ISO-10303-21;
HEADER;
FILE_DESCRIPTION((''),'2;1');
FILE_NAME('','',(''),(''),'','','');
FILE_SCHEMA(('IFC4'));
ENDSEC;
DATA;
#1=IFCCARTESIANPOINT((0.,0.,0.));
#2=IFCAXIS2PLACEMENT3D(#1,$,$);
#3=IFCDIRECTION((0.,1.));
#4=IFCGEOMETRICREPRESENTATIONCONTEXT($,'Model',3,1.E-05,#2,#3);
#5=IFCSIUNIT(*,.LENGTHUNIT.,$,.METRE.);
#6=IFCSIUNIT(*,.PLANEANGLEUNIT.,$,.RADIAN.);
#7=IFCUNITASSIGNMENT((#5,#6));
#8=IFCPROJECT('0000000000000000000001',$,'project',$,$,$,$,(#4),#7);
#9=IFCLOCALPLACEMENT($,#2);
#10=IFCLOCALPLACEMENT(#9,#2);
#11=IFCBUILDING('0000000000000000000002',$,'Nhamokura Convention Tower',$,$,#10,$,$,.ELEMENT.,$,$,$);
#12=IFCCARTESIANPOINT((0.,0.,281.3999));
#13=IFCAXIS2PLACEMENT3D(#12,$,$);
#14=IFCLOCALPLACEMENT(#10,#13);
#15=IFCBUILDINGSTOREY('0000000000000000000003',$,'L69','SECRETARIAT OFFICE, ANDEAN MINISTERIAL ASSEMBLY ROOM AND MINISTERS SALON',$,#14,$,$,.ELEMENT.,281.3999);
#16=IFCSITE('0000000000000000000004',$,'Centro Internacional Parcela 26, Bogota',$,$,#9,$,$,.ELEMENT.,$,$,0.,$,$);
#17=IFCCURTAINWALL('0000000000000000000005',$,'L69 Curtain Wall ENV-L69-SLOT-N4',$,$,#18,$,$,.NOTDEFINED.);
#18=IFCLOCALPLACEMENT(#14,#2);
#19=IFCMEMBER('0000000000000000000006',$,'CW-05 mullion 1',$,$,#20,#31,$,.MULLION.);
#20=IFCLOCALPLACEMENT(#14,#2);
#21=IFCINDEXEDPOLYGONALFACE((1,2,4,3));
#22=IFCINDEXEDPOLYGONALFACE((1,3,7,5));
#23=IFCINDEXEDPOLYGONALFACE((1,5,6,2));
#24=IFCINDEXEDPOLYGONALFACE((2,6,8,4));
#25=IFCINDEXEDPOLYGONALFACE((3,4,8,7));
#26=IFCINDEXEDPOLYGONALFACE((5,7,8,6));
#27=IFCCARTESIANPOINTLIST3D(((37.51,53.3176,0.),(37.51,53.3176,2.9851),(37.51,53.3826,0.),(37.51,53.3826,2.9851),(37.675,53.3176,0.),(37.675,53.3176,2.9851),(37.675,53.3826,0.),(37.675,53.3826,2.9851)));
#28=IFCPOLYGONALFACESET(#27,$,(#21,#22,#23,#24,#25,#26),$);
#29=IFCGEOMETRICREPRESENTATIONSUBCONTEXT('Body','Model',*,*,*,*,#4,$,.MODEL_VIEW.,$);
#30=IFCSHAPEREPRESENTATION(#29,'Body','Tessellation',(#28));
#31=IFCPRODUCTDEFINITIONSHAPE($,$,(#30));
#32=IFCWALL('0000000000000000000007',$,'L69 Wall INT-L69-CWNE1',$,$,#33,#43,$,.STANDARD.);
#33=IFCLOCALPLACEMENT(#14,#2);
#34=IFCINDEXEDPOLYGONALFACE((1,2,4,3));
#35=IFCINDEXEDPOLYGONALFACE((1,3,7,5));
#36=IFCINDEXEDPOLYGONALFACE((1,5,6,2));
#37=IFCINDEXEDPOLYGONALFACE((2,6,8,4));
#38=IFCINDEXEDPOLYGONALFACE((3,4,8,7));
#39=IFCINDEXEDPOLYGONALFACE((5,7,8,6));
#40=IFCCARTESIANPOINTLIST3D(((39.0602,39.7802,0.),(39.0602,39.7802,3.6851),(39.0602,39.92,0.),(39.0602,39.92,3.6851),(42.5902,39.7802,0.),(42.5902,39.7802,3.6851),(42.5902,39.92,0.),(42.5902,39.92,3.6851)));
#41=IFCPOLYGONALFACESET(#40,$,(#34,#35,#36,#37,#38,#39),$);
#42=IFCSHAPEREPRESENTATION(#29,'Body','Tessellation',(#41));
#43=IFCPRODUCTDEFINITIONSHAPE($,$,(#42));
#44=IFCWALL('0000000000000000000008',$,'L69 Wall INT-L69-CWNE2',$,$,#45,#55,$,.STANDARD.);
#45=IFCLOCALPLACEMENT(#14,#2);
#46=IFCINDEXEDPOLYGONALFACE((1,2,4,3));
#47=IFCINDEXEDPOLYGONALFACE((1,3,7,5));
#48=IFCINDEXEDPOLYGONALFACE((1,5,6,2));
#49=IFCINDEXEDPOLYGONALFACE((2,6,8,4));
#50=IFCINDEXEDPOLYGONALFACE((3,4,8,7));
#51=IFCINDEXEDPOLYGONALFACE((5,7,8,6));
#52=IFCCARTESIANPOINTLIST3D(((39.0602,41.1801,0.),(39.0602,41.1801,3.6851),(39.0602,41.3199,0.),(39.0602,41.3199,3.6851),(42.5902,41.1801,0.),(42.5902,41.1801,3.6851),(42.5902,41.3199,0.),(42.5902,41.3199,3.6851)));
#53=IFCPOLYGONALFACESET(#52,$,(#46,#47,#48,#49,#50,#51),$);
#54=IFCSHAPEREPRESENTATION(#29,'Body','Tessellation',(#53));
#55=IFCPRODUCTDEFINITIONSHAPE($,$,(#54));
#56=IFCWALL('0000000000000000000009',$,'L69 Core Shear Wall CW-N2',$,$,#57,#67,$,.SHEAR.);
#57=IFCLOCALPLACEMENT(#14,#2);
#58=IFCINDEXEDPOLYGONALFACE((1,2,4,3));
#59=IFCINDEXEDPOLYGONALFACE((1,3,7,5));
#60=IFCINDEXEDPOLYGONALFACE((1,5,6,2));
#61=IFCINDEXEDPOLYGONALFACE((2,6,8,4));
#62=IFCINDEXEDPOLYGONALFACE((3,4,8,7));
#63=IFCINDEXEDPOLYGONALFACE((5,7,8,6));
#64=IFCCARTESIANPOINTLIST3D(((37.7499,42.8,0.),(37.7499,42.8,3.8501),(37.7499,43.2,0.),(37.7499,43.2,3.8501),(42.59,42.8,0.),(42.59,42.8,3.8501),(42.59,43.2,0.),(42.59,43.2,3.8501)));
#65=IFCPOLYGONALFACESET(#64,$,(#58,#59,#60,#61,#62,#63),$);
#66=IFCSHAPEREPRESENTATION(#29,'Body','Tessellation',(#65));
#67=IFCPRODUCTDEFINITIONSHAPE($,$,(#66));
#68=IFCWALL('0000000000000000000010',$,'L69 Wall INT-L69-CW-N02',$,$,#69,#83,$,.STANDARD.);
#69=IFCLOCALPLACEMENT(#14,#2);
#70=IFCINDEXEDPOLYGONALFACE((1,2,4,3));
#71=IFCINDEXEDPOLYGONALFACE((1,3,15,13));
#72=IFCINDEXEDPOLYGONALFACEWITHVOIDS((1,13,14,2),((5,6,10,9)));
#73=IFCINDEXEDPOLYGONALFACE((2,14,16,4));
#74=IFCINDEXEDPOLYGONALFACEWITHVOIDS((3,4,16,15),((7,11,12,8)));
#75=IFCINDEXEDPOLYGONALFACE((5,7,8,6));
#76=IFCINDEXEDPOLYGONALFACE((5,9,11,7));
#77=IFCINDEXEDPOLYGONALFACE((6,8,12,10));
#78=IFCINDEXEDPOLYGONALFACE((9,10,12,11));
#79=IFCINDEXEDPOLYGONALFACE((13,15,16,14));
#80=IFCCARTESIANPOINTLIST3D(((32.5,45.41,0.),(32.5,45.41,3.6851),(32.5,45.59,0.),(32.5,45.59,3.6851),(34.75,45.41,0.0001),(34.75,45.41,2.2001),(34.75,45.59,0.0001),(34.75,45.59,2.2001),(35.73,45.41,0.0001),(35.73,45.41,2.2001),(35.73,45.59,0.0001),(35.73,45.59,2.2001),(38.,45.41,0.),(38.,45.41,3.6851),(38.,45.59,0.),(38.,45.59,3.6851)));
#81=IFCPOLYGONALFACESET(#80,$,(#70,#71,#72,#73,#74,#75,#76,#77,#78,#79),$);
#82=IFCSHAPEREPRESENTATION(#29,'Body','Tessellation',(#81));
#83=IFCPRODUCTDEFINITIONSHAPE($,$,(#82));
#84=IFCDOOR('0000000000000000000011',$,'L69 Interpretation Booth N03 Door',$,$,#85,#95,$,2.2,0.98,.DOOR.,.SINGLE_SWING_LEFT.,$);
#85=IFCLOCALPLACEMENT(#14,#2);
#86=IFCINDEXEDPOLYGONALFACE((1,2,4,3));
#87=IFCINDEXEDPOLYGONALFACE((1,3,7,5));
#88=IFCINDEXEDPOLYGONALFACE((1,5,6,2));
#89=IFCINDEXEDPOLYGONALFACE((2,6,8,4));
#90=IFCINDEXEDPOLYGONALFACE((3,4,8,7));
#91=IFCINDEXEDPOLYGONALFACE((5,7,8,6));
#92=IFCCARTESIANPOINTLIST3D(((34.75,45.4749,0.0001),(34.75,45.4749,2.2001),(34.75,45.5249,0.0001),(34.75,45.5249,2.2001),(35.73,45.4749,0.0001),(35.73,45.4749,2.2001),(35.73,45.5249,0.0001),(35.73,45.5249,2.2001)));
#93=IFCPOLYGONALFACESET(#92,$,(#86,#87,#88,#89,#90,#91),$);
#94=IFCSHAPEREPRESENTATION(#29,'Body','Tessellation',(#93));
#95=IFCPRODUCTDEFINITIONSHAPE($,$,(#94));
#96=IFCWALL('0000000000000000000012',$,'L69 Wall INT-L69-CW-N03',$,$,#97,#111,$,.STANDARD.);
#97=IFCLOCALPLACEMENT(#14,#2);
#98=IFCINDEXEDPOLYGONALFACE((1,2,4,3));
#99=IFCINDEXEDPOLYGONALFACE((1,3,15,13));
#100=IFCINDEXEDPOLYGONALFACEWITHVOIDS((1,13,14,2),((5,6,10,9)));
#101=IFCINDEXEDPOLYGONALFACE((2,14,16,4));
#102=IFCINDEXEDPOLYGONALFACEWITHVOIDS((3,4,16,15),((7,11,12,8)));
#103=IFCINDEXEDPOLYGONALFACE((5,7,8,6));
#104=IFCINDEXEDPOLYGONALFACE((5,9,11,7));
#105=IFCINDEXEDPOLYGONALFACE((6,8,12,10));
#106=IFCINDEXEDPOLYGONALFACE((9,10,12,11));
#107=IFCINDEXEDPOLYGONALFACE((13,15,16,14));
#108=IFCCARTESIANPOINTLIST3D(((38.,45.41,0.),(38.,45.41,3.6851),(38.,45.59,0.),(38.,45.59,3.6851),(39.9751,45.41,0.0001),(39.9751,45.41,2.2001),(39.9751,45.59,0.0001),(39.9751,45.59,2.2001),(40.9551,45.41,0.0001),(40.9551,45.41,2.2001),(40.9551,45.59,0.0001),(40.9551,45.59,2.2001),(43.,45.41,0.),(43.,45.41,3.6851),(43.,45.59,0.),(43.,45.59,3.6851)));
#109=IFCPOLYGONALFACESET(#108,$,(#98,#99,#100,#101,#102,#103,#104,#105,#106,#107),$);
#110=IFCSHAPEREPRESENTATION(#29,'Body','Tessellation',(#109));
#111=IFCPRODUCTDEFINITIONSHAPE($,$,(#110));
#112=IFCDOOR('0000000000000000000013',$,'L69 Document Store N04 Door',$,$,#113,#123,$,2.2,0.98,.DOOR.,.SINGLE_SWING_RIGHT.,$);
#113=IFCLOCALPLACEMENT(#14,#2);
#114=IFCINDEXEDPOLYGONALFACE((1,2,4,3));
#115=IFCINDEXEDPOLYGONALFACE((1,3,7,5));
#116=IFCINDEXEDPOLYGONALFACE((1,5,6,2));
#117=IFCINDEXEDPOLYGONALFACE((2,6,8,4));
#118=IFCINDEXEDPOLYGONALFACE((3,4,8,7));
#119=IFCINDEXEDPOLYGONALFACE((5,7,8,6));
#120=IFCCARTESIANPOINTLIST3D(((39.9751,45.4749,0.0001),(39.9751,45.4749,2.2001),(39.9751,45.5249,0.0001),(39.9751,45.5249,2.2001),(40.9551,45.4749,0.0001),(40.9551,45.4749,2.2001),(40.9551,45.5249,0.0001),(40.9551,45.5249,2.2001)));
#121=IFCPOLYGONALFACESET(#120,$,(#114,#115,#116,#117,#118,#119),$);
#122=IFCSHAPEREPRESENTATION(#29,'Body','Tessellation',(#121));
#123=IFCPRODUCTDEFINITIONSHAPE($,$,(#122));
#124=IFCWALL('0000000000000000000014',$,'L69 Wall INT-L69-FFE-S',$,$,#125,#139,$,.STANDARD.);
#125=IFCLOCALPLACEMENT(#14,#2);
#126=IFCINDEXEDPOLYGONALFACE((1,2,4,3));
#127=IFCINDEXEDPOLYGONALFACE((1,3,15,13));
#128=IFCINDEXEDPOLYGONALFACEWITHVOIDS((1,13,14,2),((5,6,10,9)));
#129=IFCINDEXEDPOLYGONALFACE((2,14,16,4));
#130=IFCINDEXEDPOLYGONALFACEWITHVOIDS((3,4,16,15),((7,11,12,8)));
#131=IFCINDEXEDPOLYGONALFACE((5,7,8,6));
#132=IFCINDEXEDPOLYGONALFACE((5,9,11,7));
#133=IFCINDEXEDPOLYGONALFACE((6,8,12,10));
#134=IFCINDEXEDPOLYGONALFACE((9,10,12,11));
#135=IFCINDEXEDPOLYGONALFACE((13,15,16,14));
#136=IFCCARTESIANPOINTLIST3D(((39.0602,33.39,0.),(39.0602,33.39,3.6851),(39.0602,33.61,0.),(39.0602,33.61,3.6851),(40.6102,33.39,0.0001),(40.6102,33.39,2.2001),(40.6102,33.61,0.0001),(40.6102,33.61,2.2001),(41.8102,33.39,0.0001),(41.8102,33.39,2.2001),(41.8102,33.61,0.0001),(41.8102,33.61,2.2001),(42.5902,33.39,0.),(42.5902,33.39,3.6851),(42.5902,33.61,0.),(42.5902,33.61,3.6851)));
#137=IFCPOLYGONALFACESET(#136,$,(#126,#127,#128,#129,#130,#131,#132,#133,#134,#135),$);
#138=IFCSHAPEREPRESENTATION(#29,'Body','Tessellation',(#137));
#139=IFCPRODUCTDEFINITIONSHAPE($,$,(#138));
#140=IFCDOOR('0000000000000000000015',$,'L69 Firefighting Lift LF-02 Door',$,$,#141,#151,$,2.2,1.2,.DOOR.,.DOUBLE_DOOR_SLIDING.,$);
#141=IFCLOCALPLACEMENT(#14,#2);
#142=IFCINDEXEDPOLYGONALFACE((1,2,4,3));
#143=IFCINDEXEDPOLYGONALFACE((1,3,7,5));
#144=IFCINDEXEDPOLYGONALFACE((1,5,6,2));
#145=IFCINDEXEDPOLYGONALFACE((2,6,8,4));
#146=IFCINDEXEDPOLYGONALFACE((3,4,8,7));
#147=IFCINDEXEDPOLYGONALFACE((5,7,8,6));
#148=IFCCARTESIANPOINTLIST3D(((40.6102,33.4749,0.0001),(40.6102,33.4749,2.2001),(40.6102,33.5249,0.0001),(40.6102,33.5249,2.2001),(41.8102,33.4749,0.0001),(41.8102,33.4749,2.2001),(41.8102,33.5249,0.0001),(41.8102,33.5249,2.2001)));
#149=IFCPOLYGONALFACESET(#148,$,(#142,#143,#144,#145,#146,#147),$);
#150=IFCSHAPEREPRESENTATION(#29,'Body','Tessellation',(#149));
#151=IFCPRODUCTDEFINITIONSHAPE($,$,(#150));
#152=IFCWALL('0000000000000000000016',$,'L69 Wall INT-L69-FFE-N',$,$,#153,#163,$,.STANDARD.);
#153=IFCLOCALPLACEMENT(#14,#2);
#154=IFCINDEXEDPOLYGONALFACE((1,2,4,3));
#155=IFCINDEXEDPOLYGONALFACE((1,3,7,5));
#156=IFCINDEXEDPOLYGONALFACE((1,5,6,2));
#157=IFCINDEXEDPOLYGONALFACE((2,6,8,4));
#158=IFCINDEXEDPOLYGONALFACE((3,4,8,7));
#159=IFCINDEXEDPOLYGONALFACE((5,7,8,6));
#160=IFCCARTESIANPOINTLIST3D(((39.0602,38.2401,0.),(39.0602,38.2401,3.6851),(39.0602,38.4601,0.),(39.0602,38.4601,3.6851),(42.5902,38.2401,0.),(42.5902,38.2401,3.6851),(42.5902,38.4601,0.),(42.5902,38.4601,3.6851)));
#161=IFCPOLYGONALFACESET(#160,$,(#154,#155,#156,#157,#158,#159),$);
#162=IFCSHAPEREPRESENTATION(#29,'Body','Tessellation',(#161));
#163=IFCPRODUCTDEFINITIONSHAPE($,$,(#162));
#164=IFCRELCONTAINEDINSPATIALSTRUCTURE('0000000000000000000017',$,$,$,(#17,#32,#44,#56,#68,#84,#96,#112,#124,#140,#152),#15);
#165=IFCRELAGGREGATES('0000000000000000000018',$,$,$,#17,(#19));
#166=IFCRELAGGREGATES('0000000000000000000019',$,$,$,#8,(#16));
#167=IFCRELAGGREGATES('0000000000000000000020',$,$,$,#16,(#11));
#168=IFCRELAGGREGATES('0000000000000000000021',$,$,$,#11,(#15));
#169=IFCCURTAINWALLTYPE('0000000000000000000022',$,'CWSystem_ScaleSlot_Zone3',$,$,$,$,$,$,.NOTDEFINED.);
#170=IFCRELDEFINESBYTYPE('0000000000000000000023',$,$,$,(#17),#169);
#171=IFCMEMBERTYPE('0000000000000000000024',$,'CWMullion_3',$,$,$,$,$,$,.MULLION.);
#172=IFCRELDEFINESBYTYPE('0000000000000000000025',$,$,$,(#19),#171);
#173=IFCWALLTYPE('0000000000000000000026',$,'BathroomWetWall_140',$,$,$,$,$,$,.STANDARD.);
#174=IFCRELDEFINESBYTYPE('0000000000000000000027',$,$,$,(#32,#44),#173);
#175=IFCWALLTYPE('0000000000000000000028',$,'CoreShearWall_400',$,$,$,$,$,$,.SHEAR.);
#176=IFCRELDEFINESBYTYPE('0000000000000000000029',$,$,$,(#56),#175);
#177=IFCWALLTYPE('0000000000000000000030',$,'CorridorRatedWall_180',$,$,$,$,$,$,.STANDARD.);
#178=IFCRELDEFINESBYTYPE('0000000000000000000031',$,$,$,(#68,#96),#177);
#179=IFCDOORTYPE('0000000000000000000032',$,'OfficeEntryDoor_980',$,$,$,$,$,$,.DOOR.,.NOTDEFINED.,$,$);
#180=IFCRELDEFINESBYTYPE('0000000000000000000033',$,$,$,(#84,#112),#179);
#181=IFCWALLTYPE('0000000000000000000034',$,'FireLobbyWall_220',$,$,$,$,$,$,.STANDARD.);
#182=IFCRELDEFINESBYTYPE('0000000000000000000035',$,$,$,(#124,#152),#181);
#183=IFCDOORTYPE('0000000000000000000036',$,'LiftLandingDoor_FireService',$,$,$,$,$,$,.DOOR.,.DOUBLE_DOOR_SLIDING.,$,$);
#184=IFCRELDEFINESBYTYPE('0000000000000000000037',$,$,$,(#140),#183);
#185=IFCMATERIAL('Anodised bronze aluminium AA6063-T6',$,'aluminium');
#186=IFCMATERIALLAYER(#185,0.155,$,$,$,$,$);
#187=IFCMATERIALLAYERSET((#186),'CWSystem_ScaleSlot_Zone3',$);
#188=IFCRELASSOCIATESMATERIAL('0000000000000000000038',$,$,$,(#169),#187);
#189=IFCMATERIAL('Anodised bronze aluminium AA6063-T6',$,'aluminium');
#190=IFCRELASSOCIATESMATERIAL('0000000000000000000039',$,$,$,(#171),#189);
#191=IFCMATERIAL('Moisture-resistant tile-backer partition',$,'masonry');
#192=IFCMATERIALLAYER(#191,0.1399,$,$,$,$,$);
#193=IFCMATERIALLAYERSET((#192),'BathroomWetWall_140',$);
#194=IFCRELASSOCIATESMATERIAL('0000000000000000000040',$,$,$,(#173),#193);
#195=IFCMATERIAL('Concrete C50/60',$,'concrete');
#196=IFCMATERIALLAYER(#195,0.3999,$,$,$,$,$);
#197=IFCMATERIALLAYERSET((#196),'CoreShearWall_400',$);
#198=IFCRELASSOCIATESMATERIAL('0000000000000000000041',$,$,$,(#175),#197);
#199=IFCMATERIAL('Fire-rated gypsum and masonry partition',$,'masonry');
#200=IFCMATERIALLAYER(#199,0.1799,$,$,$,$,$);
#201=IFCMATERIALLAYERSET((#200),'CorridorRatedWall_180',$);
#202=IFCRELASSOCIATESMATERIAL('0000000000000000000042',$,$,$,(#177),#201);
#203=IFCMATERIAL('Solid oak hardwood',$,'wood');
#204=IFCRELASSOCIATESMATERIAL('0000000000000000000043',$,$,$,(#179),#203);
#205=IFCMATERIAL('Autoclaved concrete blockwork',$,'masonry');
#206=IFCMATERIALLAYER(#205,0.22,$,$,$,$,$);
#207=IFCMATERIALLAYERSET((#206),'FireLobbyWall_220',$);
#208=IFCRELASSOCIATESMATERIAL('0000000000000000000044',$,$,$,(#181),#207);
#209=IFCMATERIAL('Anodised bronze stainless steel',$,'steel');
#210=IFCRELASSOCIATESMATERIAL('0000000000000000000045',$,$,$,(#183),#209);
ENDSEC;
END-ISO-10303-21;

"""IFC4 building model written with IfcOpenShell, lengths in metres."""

from ifc_helpers import new_model, si_unit, direction, frame, frame_2d, origin, origin_2d, place, context, subcontext, project, spatial, rectangle, extrude, material, layer, layer_set, material_profile, profile_set, type_object, element, fill, aggregate, save


model = new_model("IFC4")

# Units and contexts
model_context = context("Model", 3, precision=1e-05, world=origin(), true_north=direction((0.0, 1.0)))
body_context = subcontext(model_context, "Body", "Model", "MODEL_VIEW")
ifc_project = project(units=[si_unit("LENGTHUNIT", "METRE"), si_unit("PLANEANGLEUNIT", "RADIAN")], contexts=[model_context])

# Site, building, storey
site_placement = place(None, origin())
site = spatial("IfcSite", under=ifc_project, at=site_placement, Name="Centro Internacional Parcela 26, Bogota", CompositionType="ELEMENT", RefElevation=0.0)
building_placement = place(site_placement, origin())
building = spatial("IfcBuilding", under=site, at=building_placement, Name="Nhamokura Convention Tower", CompositionType="ELEMENT")
storey_placement = place(building_placement, frame((0.0, 0.0, 281.3999)))
storey = spatial("IfcBuildingStorey", under=building, at=storey_placement, Name="L69", Description="SECRETARIAT OFFICE, ANDEAN MINISTERIAL ASSEMBLY ROOM AND MINISTERS SALON", CompositionType="ELEMENT", Elevation=281.3999)

# Curtain wall, member
ifc_material_1 = material(Name="Anodised bronze aluminium AA6063-T6", Category="aluminium")
ifc_layer_1 = layer(ifc_material_1, 0.155)
ifc_layer_set_1 = layer_set([ifc_layer_1], Name="CWSystem_ScaleSlot_Zone3")
curtain_wall_type = type_object("IfcCurtainWallType", Name="CWSystem_ScaleSlot_Zone3", PredefinedType="NOTDEFINED", material=ifc_layer_set_1)
curtain_wall_placement = place(storey_placement, origin())
curtain_wall = element("IfcCurtainWall", 1, at=curtain_wall_placement, inside=storey, type_object=curtain_wall_type, Name="L69 Curtain Wall ENV-L69-SLOT-N4", PredefinedType="NOTDEFINED")
ifc_material_2 = material(Name="Anodised bronze aluminium AA6063-T6", Category="aluminium")
ifc_material_profile = material_profile(ifc_material_2, rectangle(XDim=0.0649, YDim=0.165, at=origin_2d()))
ifc_profile_set = profile_set([ifc_material_profile], Name="Anodised bronze aluminium AA6063-T6")
member_type = type_object("IfcMemberType", Name="CWMullion_3", PredefinedType="MULLION", material=ifc_profile_set)
member_placement = place(storey_placement, frame((37.5925, 53.3501, 0.0), z_axis=(0.0, 0.0, 1.0), x_axis=(0.0, 1.0, 0.0)))
member = element("IfcMember", 2, at=member_placement, type_object=member_type, Name="CW-05 mullion 1", PredefinedType="MULLION", context=body_context, shape_type="SweptSolid", body=[
    extrude(rectangle(XDim=0.0649, YDim=0.165, at=origin_2d()), origin(), (0.0, 0.0, 1.0), 2.9851),
])
aggregate(curtain_wall, [member])

# Walls
ifc_material_3 = material(Name="Moisture-resistant tile-backer partition", Category="masonry")
ifc_layer_2 = layer(ifc_material_3, 0.1399)
ifc_layer_set_2 = layer_set([ifc_layer_2], Name="BathroomWetWall_140")
wall_type_1 = type_object("IfcWallType", Name="BathroomWetWall_140", PredefinedType="STANDARD", material=ifc_layer_set_2)
for number, where, z_axis, x_axis, name in (
    (3, (39.0601, 39.8501, 0.0), (0.0, 0.0, 1.0), (1.0, 0.0, 0.0), "L69 Wall INT-L69-CWNE1"),
    (4, (39.0601, 41.25, 0.0), (0.0, 0.0, 1.0), (1.0, 0.0, 0.0), "L69 Wall INT-L69-CWNE2"),
):
    element("IfcWall", number, at=place(storey_placement, frame(where, z_axis=z_axis, x_axis=x_axis)), inside=storey, type_object=wall_type_1, Name=name, PredefinedType="STANDARD", context=body_context, shape_type="SweptSolid", body=[
        extrude(rectangle(XDim=3.53, YDim=0.1399, at=frame_2d((1.7651, 0.0))), origin(), (0.0, 0.0, 1.0), 3.6851),
    ])
ifc_material_4 = material(Name="Concrete C50/60", Category="concrete")
ifc_layer_3 = layer(ifc_material_4, 0.3999)
ifc_layer_set_3 = layer_set([ifc_layer_3], Name="CoreShearWall_400")
wall_type_2 = type_object("IfcWallType", Name="CoreShearWall_400", PredefinedType="SHEAR", material=ifc_layer_set_3)
wall_1_placement = place(storey_placement, frame((37.75, 43.0, 0.0), z_axis=(0.0, 0.0, 1.0), x_axis=(1.0, 0.0, 0.0)))
element("IfcWall", 5, at=wall_1_placement, inside=storey, type_object=wall_type_2, Name="L69 Core Shear Wall CW-N2", PredefinedType="SHEAR", context=body_context, shape_type="SweptSolid", body=[
    extrude(rectangle(XDim=4.8401, YDim=0.3999, at=frame_2d((2.4199, 0.0))), origin(), (0.0, 0.0, 1.0), 3.8501),
])

# Walls, openings, doors
ifc_material_5 = material(Name="Fire-rated gypsum and masonry partition", Category="masonry")
ifc_layer_4 = layer(ifc_material_5, 0.1799)
ifc_layer_set_4 = layer_set([ifc_layer_4], Name="CorridorRatedWall_180")
wall_type_3 = type_object("IfcWallType", Name="CorridorRatedWall_180", PredefinedType="STANDARD", material=ifc_layer_set_4)
wall_2_placement = place(storey_placement, frame((32.5, 45.5, 0.0), z_axis=(0.0, 0.0, 1.0), x_axis=(1.0, 0.0, 0.0)))
wall_2 = element("IfcWall", 6, at=wall_2_placement, inside=storey, type_object=wall_type_3, Name="L69 Wall INT-L69-CW-N02", PredefinedType="STANDARD", context=body_context, shape_type="SweptSolid", body=[
    extrude(rectangle(XDim=5.5, YDim=0.1799, at=frame_2d((2.75, 0.0))), origin(), (0.0, 0.0, 1.0), 3.6851),
])
opening_1_placement = place(wall_2_placement, frame((2.25, 0.0, 0.0)))
opening_1 = element("IfcOpeningElement", 7, at=opening_1_placement, cuts=wall_2, PredefinedType="OPENING", context=body_context, shape_type="SweptSolid", body=[
    extrude(rectangle(XDim=0.98, YDim=2.2, at=frame_2d((0.49, 1.1001))), frame((0.0, 0.0999, 0.0), z_axis=(0.0, -1.0, 0.0), x_axis=(1.0, 0.0, 0.0)), (0.0, 0.0, 1.0), 0.2),
])
ifc_material_6 = material(Name="Solid oak hardwood", Category="wood")
door_type_1 = type_object("IfcDoorType", Name="OfficeEntryDoor_980", OperationType="NOTDEFINED", PredefinedType="DOOR", material=ifc_material_6)
door_1_placement = place(opening_1_placement, origin())
door_1 = element("IfcDoor", 8, at=door_1_placement, inside=storey, type_object=door_type_1, Name="L69 Interpretation Booth N03 Door", OperationType="SINGLE_SWING_LEFT", OverallHeight=2.2, OverallWidth=0.98, PredefinedType="DOOR", context=body_context, shape_type="SweptSolid", body=[
    extrude(rectangle(XDim=0.98, YDim=2.2, at=frame_2d((0.49, 1.1001))), frame((0.0, 0.0249, 0.0), z_axis=(0.0, -1.0, 0.0), x_axis=(1.0, 0.0, 0.0)), (0.0, 0.0, 1.0), 0.05),
])
fill(opening_1, door_1)
wall_3_placement = place(storey_placement, frame((38.0, 45.5, 0.0), z_axis=(0.0, 0.0, 1.0), x_axis=(1.0, 0.0, 0.0)))
wall_3 = element("IfcWall", 9, at=wall_3_placement, inside=storey, type_object=wall_type_3, Name="L69 Wall INT-L69-CW-N03", PredefinedType="STANDARD", context=body_context, shape_type="SweptSolid", body=[
    extrude(rectangle(XDim=5.0, YDim=0.1799, at=frame_2d((2.5, 0.0))), origin(), (0.0, 0.0, 1.0), 3.6851),
])
opening_2_placement = place(wall_3_placement, frame((1.9751, 0.0, 0.0)))
opening_2 = element("IfcOpeningElement", 10, at=opening_2_placement, cuts=wall_3, PredefinedType="OPENING", context=body_context, shape_type="SweptSolid", body=[
    extrude(rectangle(XDim=0.98, YDim=2.2, at=frame_2d((0.49, 1.1001))), frame((0.0, 0.0999, 0.0), z_axis=(0.0, -1.0, 0.0), x_axis=(1.0, 0.0, 0.0)), (0.0, 0.0, 1.0), 0.2),
])
door_2_placement = place(opening_2_placement, origin())
door_2 = element("IfcDoor", 11, at=door_2_placement, inside=storey, type_object=door_type_1, Name="L69 Document Store N04 Door", OperationType="SINGLE_SWING_RIGHT", OverallHeight=2.2, OverallWidth=0.98, PredefinedType="DOOR", context=body_context, shape_type="SweptSolid", body=[
    extrude(rectangle(XDim=0.98, YDim=2.2, at=frame_2d((0.49, 1.1001))), frame((0.0, 0.0249, 0.0), z_axis=(0.0, -1.0, 0.0), x_axis=(1.0, 0.0, 0.0)), (0.0, 0.0, 1.0), 0.05),
])
fill(opening_2, door_2)
ifc_material_7 = material(Name="Autoclaved concrete blockwork", Category="masonry")
ifc_layer_5 = layer(ifc_material_7, 0.22)
ifc_layer_set_5 = layer_set([ifc_layer_5], Name="FireLobbyWall_220")
wall_type_4 = type_object("IfcWallType", Name="FireLobbyWall_220", PredefinedType="STANDARD", material=ifc_layer_set_5)
wall_4_placement = place(storey_placement, frame((39.0601, 33.5, 0.0), z_axis=(0.0, 0.0, 1.0), x_axis=(1.0, 0.0, 0.0)))
wall_4 = element("IfcWall", 12, at=wall_4_placement, inside=storey, type_object=wall_type_4, Name="L69 Wall INT-L69-FFE-S", PredefinedType="STANDARD", context=body_context, shape_type="SweptSolid", body=[
    extrude(rectangle(XDim=3.53, YDim=0.22, at=frame_2d((1.7651, 0.0))), origin(), (0.0, 0.0, 1.0), 3.6851),
])
opening_3_placement = place(wall_4_placement, frame((1.55, 0.0, 0.0)))
opening_3 = element("IfcOpeningElement", 13, at=opening_3_placement, cuts=wall_4, PredefinedType="OPENING", context=body_context, shape_type="SweptSolid", body=[
    extrude(rectangle(XDim=1.2, YDim=2.2, at=frame_2d((0.6001, 1.1001))), frame((0.0, 0.1199, 0.0), z_axis=(0.0, -1.0, 0.0), x_axis=(1.0, 0.0, 0.0)), (0.0, 0.0, 1.0), 0.24),
])
ifc_material_8 = material(Name="Anodised bronze stainless steel", Category="steel")
door_type_2 = type_object("IfcDoorType", Name="LiftLandingDoor_FireService", OperationType="DOUBLE_DOOR_SLIDING", PredefinedType="DOOR", material=ifc_material_8)
door_3_placement = place(opening_3_placement, origin())
door_3 = element("IfcDoor", 14, at=door_3_placement, inside=storey, type_object=door_type_2, Name="L69 Firefighting Lift LF-02 Door", OperationType="DOUBLE_DOOR_SLIDING", OverallHeight=2.2, OverallWidth=1.2, PredefinedType="DOOR", context=body_context, shape_type="SweptSolid", body=[
    extrude(rectangle(XDim=1.2, YDim=2.2, at=frame_2d((0.6001, 1.1001))), frame((0.0, 0.0249, 0.0), z_axis=(0.0, -1.0, 0.0), x_axis=(1.0, 0.0, 0.0)), (0.0, 0.0, 1.0), 0.05),
])
fill(opening_3, door_3)

# Wall
wall_5_placement = place(storey_placement, frame((39.0601, 38.3501, 0.0), z_axis=(0.0, 0.0, 1.0), x_axis=(1.0, 0.0, 0.0)))
element("IfcWall", 15, at=wall_5_placement, inside=storey, type_object=wall_type_4, Name="L69 Wall INT-L69-FFE-N", PredefinedType="STANDARD", context=body_context, shape_type="SweptSolid", body=[
    extrude(rectangle(XDim=3.53, YDim=0.22, at=frame_2d((1.7651, 0.0))), origin(), (0.0, 0.0, 1.0), 3.6851),
])

save(model, "model.ifc")
